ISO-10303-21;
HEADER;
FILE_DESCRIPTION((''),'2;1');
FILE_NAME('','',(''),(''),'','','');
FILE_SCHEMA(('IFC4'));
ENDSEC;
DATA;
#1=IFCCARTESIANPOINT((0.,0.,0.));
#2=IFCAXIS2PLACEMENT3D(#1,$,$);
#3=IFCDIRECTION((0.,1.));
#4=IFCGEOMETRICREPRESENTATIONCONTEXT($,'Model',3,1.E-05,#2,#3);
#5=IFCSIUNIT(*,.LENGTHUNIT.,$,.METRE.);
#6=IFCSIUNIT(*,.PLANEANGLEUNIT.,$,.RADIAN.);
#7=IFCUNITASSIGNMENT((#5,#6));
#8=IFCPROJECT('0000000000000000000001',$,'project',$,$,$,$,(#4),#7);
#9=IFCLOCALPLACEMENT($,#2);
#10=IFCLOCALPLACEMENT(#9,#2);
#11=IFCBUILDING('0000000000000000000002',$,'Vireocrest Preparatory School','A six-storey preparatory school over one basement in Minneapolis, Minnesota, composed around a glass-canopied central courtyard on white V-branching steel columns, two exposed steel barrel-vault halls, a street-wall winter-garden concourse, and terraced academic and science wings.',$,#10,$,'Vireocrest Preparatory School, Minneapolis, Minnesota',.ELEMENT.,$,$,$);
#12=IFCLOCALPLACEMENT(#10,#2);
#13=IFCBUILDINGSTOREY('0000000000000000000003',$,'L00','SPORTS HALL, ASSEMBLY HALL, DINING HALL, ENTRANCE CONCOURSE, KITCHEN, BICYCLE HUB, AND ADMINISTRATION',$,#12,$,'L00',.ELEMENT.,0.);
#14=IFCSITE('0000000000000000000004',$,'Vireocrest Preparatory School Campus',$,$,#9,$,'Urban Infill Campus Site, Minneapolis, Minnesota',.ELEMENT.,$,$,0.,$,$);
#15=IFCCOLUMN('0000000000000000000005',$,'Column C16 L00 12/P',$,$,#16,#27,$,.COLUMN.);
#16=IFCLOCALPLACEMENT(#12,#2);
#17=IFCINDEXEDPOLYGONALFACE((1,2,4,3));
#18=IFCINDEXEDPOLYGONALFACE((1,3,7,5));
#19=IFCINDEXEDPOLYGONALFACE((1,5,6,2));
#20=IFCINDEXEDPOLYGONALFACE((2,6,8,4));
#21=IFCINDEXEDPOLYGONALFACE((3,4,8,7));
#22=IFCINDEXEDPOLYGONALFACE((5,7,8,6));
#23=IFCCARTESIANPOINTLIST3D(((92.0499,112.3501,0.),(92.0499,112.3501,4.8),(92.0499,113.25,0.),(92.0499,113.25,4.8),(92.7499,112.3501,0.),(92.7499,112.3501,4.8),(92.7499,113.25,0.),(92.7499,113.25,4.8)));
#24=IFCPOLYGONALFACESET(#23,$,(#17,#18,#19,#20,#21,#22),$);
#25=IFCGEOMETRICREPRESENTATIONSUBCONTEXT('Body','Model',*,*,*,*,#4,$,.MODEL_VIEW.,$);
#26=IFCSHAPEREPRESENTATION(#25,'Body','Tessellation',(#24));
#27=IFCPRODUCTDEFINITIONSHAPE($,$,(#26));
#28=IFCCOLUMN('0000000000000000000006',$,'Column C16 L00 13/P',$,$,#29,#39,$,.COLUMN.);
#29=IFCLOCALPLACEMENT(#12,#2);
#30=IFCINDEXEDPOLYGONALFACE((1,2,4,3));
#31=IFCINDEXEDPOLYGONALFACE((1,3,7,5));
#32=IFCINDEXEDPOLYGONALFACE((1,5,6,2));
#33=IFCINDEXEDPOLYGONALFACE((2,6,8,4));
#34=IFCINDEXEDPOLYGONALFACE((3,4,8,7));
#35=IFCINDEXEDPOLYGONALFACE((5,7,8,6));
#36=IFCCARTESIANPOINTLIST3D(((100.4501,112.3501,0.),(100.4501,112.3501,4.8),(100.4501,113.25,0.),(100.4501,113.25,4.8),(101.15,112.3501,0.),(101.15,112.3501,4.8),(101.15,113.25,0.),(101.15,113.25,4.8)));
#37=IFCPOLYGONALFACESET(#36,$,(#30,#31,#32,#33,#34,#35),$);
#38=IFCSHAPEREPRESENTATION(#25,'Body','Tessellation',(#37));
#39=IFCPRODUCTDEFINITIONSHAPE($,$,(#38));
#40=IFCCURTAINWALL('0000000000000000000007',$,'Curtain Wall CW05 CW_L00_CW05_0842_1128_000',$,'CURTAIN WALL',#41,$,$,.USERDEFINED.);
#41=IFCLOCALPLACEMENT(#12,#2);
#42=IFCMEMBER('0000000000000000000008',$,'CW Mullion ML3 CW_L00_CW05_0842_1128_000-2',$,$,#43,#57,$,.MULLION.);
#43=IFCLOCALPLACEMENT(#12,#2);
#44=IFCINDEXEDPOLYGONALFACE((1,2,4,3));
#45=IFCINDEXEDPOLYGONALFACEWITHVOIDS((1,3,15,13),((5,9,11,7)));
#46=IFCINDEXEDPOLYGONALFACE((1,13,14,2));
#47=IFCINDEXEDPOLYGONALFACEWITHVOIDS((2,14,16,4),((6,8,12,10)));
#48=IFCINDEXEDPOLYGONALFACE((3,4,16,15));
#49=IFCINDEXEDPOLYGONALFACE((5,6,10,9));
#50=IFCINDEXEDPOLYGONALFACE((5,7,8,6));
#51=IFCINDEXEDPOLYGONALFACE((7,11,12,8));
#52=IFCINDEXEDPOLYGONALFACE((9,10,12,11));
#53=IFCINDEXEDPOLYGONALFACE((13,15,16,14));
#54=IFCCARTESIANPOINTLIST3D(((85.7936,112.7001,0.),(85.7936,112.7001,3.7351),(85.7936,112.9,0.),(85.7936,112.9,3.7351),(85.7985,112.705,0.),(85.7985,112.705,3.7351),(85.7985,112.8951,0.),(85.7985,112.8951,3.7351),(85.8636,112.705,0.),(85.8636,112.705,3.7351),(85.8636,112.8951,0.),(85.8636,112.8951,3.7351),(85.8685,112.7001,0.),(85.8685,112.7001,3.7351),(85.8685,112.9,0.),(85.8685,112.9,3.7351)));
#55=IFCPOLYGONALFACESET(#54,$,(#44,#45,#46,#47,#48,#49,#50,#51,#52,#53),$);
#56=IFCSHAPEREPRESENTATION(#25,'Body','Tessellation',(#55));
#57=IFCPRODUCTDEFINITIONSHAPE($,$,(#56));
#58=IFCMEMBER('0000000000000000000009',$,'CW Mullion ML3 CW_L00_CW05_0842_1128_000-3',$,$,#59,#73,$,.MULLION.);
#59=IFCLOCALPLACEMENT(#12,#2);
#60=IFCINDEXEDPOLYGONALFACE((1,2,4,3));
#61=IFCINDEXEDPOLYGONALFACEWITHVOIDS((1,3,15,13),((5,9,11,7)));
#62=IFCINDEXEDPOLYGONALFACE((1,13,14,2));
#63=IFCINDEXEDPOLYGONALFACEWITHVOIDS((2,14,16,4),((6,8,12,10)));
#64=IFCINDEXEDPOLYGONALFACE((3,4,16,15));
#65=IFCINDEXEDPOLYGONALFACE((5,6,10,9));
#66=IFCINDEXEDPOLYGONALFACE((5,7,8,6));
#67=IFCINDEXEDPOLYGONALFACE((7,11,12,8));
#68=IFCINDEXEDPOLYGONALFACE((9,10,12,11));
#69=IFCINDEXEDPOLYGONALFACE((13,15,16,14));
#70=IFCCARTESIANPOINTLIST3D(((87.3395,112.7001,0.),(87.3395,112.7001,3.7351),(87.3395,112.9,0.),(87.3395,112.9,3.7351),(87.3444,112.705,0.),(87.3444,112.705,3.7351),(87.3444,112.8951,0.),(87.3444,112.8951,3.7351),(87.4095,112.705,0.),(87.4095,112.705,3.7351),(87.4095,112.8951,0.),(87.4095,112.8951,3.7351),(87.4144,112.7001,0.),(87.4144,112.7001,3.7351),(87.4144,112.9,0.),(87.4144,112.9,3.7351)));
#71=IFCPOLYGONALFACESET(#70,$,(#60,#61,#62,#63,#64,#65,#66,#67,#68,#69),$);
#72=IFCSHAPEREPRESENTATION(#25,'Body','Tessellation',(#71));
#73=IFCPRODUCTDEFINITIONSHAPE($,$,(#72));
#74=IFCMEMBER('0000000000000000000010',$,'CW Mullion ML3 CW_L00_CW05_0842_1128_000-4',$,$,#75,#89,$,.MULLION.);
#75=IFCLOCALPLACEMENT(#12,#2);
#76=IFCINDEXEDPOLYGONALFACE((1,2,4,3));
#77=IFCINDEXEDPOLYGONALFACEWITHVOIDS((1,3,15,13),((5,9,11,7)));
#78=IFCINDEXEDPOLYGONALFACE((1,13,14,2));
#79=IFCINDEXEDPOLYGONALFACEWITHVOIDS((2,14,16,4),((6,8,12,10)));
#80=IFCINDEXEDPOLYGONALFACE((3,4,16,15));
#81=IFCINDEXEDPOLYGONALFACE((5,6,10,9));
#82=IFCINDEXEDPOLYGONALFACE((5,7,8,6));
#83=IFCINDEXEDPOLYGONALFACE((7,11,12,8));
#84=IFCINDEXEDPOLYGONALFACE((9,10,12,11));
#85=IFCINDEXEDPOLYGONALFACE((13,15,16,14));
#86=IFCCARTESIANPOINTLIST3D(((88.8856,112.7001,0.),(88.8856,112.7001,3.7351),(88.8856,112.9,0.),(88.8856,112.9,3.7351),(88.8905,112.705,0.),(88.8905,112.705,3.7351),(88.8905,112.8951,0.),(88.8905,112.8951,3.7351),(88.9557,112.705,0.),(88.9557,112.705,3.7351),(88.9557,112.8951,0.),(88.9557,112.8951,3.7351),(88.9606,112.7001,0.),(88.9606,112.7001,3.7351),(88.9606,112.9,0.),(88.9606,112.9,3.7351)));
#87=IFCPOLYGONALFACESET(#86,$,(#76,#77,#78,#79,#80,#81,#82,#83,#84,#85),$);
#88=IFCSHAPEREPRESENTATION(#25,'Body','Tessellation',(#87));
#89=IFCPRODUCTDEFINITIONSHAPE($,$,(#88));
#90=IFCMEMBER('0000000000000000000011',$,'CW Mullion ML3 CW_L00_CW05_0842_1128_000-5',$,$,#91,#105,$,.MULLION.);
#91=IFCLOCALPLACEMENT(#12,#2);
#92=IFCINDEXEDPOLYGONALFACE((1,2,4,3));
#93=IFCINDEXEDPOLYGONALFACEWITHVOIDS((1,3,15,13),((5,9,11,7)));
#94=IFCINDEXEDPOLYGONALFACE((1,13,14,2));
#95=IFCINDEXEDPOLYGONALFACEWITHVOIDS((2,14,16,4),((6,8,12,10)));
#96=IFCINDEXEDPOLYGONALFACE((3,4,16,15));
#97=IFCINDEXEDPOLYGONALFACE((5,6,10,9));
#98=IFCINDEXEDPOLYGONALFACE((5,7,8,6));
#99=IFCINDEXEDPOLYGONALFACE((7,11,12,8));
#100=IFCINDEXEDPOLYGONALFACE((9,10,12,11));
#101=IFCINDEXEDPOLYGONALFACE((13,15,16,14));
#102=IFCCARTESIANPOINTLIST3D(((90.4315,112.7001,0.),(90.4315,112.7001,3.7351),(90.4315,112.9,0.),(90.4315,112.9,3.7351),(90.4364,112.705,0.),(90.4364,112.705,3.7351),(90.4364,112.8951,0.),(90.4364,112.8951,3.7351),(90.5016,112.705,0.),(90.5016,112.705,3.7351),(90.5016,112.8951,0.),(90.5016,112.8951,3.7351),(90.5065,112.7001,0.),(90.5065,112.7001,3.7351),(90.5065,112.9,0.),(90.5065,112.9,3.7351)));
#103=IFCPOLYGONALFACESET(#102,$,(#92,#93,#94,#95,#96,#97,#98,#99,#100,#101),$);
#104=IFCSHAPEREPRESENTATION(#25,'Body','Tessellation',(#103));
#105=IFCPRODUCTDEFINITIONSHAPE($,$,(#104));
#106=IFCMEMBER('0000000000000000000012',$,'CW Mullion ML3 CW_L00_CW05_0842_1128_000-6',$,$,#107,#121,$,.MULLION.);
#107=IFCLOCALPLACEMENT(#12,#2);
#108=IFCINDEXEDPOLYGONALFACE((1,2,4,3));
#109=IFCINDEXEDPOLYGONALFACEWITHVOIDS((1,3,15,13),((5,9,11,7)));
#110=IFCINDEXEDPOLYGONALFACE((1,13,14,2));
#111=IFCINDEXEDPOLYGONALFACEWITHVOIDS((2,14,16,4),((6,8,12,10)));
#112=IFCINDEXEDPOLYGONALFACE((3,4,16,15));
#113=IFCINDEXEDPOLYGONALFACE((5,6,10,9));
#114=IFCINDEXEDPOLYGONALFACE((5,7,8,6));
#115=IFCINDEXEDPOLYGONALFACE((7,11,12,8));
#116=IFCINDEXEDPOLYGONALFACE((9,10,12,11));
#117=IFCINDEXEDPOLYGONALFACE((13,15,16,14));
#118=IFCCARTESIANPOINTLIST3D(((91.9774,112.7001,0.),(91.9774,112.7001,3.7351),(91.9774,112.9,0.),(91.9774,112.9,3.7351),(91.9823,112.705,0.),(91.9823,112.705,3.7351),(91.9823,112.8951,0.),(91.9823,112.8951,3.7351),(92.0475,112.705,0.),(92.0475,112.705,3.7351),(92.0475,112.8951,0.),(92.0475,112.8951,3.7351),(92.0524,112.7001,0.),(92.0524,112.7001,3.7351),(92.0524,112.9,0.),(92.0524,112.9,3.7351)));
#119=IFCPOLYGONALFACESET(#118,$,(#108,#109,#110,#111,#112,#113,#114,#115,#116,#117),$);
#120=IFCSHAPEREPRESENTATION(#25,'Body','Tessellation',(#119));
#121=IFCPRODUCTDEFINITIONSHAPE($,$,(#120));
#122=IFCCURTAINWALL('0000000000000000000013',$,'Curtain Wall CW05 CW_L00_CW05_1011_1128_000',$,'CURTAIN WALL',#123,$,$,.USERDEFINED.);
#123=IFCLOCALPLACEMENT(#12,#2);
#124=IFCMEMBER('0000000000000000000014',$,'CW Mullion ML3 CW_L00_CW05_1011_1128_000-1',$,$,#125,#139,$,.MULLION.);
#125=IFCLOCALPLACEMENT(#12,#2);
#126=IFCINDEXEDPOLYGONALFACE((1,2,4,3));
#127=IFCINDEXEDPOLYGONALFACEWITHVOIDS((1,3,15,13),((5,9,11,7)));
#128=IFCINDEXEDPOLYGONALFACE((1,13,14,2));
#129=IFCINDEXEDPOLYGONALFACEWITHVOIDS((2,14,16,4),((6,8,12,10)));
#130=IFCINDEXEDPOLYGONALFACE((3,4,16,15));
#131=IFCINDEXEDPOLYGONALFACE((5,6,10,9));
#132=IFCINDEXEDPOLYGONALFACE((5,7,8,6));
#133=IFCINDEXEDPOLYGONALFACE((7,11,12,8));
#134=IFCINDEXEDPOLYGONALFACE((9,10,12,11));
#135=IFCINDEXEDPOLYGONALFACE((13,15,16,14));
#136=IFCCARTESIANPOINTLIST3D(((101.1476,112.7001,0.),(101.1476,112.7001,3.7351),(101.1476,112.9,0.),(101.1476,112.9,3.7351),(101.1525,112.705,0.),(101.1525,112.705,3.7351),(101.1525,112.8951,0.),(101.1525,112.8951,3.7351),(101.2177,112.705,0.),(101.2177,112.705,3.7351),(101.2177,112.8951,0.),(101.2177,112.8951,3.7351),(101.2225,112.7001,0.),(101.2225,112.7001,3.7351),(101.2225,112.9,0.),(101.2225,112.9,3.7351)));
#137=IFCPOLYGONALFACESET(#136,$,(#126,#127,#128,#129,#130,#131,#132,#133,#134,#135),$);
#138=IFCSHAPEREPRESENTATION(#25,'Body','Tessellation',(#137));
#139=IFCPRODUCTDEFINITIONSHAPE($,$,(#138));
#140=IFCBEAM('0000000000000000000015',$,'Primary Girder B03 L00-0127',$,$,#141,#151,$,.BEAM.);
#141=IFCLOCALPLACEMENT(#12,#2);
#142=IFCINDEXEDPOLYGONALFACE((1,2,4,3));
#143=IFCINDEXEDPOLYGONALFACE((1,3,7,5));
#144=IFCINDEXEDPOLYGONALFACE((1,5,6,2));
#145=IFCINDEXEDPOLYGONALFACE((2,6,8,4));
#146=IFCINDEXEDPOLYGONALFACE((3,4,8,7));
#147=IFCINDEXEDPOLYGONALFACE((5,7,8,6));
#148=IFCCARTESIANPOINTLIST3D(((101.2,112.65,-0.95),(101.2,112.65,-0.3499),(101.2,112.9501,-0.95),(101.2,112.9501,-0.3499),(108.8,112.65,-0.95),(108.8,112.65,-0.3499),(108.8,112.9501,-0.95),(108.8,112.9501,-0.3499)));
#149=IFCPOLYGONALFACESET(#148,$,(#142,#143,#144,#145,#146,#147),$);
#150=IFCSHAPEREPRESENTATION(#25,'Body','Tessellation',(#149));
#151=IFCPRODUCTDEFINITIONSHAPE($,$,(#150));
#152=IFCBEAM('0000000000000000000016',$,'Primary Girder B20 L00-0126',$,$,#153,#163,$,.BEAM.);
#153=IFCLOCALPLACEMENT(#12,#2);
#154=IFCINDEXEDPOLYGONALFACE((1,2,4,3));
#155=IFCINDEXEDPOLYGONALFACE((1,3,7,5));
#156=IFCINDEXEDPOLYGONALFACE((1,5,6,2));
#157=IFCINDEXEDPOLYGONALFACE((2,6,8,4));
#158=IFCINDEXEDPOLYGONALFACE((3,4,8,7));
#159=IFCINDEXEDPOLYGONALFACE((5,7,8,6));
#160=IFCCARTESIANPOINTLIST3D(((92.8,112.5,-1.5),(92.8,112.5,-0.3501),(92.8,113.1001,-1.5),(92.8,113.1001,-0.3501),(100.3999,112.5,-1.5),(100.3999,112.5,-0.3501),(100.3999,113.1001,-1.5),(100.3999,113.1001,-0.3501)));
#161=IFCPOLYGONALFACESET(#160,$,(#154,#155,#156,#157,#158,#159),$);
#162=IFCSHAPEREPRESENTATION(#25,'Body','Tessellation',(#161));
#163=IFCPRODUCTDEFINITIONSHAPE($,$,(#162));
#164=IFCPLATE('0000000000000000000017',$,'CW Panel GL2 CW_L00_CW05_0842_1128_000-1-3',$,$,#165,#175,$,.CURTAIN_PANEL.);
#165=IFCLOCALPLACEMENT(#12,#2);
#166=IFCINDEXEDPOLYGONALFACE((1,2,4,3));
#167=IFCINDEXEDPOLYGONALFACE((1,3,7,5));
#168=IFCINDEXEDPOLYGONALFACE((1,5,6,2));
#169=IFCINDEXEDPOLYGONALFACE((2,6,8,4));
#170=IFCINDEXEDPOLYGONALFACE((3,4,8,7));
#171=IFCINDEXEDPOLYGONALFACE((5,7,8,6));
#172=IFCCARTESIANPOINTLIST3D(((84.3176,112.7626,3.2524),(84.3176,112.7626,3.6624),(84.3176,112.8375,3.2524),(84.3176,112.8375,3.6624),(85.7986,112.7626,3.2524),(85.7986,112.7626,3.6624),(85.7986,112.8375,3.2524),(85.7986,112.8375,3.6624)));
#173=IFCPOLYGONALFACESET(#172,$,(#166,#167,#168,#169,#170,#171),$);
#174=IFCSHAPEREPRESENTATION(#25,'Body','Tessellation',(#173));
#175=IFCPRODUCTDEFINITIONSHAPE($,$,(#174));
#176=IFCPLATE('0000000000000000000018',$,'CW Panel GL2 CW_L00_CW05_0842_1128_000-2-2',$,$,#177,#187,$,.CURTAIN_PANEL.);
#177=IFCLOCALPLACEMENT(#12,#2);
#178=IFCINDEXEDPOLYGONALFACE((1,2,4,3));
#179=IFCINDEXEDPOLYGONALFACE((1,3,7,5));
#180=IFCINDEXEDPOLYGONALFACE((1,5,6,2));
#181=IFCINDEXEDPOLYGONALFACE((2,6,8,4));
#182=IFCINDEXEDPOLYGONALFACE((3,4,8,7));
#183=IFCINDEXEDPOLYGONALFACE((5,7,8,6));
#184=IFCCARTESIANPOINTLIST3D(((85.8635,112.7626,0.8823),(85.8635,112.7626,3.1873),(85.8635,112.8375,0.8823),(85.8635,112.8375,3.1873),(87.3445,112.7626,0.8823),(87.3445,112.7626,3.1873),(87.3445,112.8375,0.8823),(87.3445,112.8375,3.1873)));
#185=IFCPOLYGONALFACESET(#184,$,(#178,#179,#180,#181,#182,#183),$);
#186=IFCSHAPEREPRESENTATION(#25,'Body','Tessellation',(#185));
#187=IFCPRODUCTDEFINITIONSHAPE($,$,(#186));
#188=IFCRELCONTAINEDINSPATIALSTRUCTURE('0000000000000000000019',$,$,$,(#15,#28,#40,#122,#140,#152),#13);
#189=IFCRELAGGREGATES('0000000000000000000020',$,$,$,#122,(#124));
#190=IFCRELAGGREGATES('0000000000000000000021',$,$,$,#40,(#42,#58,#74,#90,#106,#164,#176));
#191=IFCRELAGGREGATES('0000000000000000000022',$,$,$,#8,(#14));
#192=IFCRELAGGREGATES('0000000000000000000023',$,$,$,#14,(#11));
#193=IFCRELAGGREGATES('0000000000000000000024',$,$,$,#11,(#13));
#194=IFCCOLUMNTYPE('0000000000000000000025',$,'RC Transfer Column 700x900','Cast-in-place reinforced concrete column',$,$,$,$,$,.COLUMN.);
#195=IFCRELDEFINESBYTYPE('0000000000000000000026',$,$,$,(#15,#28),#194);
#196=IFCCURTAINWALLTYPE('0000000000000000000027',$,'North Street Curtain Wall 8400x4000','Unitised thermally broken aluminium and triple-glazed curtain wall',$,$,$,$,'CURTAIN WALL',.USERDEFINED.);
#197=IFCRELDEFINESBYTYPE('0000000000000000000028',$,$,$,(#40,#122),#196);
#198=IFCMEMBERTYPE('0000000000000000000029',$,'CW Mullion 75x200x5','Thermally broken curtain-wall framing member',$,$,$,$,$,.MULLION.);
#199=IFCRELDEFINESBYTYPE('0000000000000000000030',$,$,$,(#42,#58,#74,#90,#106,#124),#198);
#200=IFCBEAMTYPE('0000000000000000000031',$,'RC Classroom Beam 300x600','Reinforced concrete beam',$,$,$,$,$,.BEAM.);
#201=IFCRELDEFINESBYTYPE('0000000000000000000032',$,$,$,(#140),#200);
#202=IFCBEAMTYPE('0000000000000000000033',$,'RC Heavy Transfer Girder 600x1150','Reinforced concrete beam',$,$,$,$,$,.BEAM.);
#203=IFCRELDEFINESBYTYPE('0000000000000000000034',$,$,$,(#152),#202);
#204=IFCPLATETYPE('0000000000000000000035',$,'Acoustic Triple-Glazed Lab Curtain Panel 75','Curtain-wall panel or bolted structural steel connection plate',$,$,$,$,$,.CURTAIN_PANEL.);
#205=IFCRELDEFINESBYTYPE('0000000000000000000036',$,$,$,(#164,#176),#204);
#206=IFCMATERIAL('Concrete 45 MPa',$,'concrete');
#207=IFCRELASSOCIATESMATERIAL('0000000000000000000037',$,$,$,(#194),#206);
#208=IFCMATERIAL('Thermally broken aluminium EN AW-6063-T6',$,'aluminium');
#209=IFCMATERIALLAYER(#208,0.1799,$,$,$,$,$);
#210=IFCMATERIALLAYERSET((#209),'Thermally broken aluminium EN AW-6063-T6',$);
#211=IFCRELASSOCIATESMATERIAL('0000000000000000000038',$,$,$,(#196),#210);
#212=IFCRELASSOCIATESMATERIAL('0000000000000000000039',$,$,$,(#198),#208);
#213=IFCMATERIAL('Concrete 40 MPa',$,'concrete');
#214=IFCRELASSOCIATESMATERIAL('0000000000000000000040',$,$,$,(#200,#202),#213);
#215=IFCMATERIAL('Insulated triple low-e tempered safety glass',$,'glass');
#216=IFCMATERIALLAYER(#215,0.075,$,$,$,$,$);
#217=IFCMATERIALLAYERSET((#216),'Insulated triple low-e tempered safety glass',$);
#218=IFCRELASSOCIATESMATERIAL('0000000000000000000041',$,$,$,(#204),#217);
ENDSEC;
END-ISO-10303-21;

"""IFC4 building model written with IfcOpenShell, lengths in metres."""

from ifc_helpers import new_model, si_unit, direction, frame, origin, origin_2d, place, context, subcontext, project, spatial, rectangle, hollow_rectangle, extrude, material, layer, layer_set, material_profile, profile_set, type_object, element, aggregate, save


model = new_model("IFC4")

# Units and contexts
model_context = context("Model", 3, precision=1e-05, world=origin(), true_north=direction((0.0, 1.0)))
body_context = subcontext(model_context, "Body", "Model", "MODEL_VIEW")
ifc_project = project(units=[si_unit("LENGTHUNIT", "METRE"), si_unit("PLANEANGLEUNIT", "RADIAN")], contexts=[model_context])

# Site, building, storey
site_placement = place(None, origin())
site = spatial("IfcSite", under=ifc_project, at=site_placement, Name="Vireocrest Preparatory School Campus", LongName="Urban Infill Campus Site, Minneapolis, Minnesota", CompositionType="ELEMENT", RefElevation=0.0)
building_placement = place(site_placement, origin())
building = spatial("IfcBuilding", under=site, at=building_placement, Name="Vireocrest Preparatory School", Description="A six-storey preparatory school over one basement in Minneapolis, Minnesota, composed around a glass-canopied central courtyard on white V-branching steel columns, two exposed steel barrel-vault halls, a street-wall winter-garden concourse, and terraced academic and science wings.", LongName="Vireocrest Preparatory School, Minneapolis, Minnesota", CompositionType="ELEMENT")
storey_placement = place(building_placement, origin())
storey = spatial("IfcBuildingStorey", under=building, at=storey_placement, Name="L00", Description="SPORTS HALL, ASSEMBLY HALL, DINING HALL, ENTRANCE CONCOURSE, KITCHEN, BICYCLE HUB, AND ADMINISTRATION", LongName="L00", CompositionType="ELEMENT", Elevation=0.0)

# Columns
ifc_material_1 = material(Name="Concrete 45 MPa", Category="concrete")
ifc_material_profile_1 = material_profile(ifc_material_1, rectangle(XDim=0.7, YDim=0.8999, at=origin_2d()), Name="RC 700x900")
ifc_profile_set_1 = profile_set([ifc_material_profile_1], Name="Concrete 45 MPa")
column_type = type_object("IfcColumnType", Name="RC Transfer Column 700x900", Description="Cast-in-place reinforced concrete column", PredefinedType="COLUMN", material=ifc_profile_set_1)
for number, where, z_axis, x_axis, name in (
    (1, (92.3999, 112.8, 0.0), (0.0, 0.0, 1.0), (1.0, 0.0, 0.0), "Column C16 L00 12/P"),
    (2, (100.8, 112.8, 0.0), (0.0, 0.0, 1.0), (1.0, 0.0, 0.0), "Column C16 L00 13/P"),
):
    element("IfcColumn", number, at=place(storey_placement, frame(where, z_axis=z_axis, x_axis=x_axis)), inside=storey, type_object=column_type, Name=name, PredefinedType="COLUMN", context=body_context, shape_type="SweptSolid", body=[
        extrude(rectangle(XDim=0.7, YDim=0.8999, at=origin_2d()), origin(), (0.0, 0.0, 1.0), 4.8),
    ])

# Curtain wall, members
ifc_material_2 = material(Name="Thermally broken aluminium EN AW-6063-T6", Category="aluminium")
ifc_layer_1 = layer(ifc_material_2, 0.1799)
ifc_layer_set_1 = layer_set([ifc_layer_1], Name="Thermally broken aluminium EN AW-6063-T6")
curtain_wall_type = type_object("IfcCurtainWallType", Name="North Street Curtain Wall 8400x4000", Description="Unitised thermally broken aluminium and triple-glazed curtain wall", ElementType="CURTAIN WALL", PredefinedType="USERDEFINED", material=ifc_layer_set_1)
curtain_wall_1_placement = place(storey_placement, origin())
curtain_wall_1 = element("IfcCurtainWall", 3, at=curtain_wall_1_placement, inside=storey, type_object=curtain_wall_type, Name="Curtain Wall CW05 CW_L00_CW05_0842_1128_000", ObjectType="CURTAIN WALL", PredefinedType="USERDEFINED")
ifc_material_profile_2 = material_profile(ifc_material_2, hollow_rectangle(XDim=0.075, YDim=0.2, WallThickness=0.0049, at=origin_2d()), Name="ALU 75x200x5")
ifc_profile_set_2 = profile_set([ifc_material_profile_2], Name="Thermally broken aluminium EN AW-6063-T6")
member_type = type_object("IfcMemberType", Name="CW Mullion 75x200x5", Description="Thermally broken curtain-wall framing member", PredefinedType="MULLION", material=ifc_profile_set_2)
member_1_placement = place(storey_placement, frame((85.8311, 112.8, 0.0), z_axis=(0.0, 0.0, 1.0), x_axis=(1.0, 0.0, 0.0)))
member_1 = element("IfcMember", 4, at=member_1_placement, type_object=member_type, Name="CW Mullion ML3 CW_L00_CW05_0842_1128_000-2", PredefinedType="MULLION", context=body_context, shape_type="SweptSolid", body=[
    extrude(hollow_rectangle(XDim=0.075, YDim=0.2, WallThickness=0.0049, at=origin_2d()), origin(), (0.0, 0.0, 1.0), 3.7351),
])
member_2_placement = place(storey_placement, frame((87.377, 112.8, 0.0), z_axis=(0.0, 0.0, 1.0), x_axis=(1.0, 0.0, 0.0)))
member_2 = element("IfcMember", 5, at=member_2_placement, type_object=member_type, Name="CW Mullion ML3 CW_L00_CW05_0842_1128_000-3", PredefinedType="MULLION", context=body_context, shape_type="SweptSolid", body=[
    extrude(hollow_rectangle(XDim=0.075, YDim=0.2, WallThickness=0.0049, at=origin_2d()), origin(), (0.0, 0.0, 1.0), 3.7351),
])
member_3_placement = place(storey_placement, frame((88.9231, 112.8, 0.0), z_axis=(0.0, 0.0, 1.0), x_axis=(1.0, 0.0, 0.0)))
member_3 = element("IfcMember", 6, at=member_3_placement, type_object=member_type, Name="CW Mullion ML3 CW_L00_CW05_0842_1128_000-4", PredefinedType="MULLION", context=body_context, shape_type="SweptSolid", body=[
    extrude(hollow_rectangle(XDim=0.075, YDim=0.2, WallThickness=0.0049, at=origin_2d()), origin(), (0.0, 0.0, 1.0), 3.7351),
])
member_4_placement = place(storey_placement, frame((90.469, 112.8, 0.0), z_axis=(0.0, 0.0, 1.0), x_axis=(1.0, 0.0, 0.0)))
member_4 = element("IfcMember", 7, at=member_4_placement, type_object=member_type, Name="CW Mullion ML3 CW_L00_CW05_0842_1128_000-5", PredefinedType="MULLION", context=body_context, shape_type="SweptSolid", body=[
    extrude(hollow_rectangle(XDim=0.075, YDim=0.2, WallThickness=0.0049, at=origin_2d()), origin(), (0.0, 0.0, 1.0), 3.7351),
])
member_5_placement = place(storey_placement, frame((92.0149, 112.8, 0.0), z_axis=(0.0, 0.0, 1.0), x_axis=(1.0, 0.0, 0.0)))
member_5 = element("IfcMember", 8, at=member_5_placement, type_object=member_type, Name="CW Mullion ML3 CW_L00_CW05_0842_1128_000-6", PredefinedType="MULLION", context=body_context, shape_type="SweptSolid", body=[
    extrude(hollow_rectangle(XDim=0.075, YDim=0.2, WallThickness=0.0049, at=origin_2d()), origin(), (0.0, 0.0, 1.0), 3.7351),
])

# Curtain wall, member
curtain_wall_2_placement = place(storey_placement, origin())
curtain_wall_2 = element("IfcCurtainWall", 9, at=curtain_wall_2_placement, inside=storey, type_object=curtain_wall_type, Name="Curtain Wall CW05 CW_L00_CW05_1011_1128_000", ObjectType="CURTAIN WALL", PredefinedType="USERDEFINED")
member_6_placement = place(storey_placement, frame((101.1851, 112.8, 0.0), z_axis=(0.0, 0.0, 1.0), x_axis=(1.0, 0.0, 0.0)))
member_6 = element("IfcMember", 10, at=member_6_placement, type_object=member_type, Name="CW Mullion ML3 CW_L00_CW05_1011_1128_000-1", PredefinedType="MULLION", context=body_context, shape_type="SweptSolid", body=[
    extrude(hollow_rectangle(XDim=0.075, YDim=0.2, WallThickness=0.0049, at=origin_2d()), origin(), (0.0, 0.0, 1.0), 3.7351),
])
aggregate(curtain_wall_2, [member_6])

# Beams
ifc_material_3 = material(Name="Concrete 40 MPa", Category="concrete")
ifc_material_profile_3 = material_profile(ifc_material_3, rectangle(XDim=0.3, YDim=0.6001, at=origin_2d()), Name="RC 300x600")
ifc_profile_set_3 = profile_set([ifc_material_profile_3], Name="Concrete 40 MPa")
beam_type_1 = type_object("IfcBeamType", Name="RC Classroom Beam 300x600", Description="Reinforced concrete beam", PredefinedType="BEAM", material=ifc_profile_set_3)
beam_1_placement = place(storey_placement, frame((101.2, 112.8, -0.6499), z_axis=(1.0, 0.0, 0.0), x_axis=(0.0, 1.0, 0.0)))
element("IfcBeam", 11, at=beam_1_placement, inside=storey, type_object=beam_type_1, Name="Primary Girder B03 L00-0127", PredefinedType="BEAM", context=body_context, shape_type="SweptSolid", body=[
    extrude(rectangle(XDim=0.3, YDim=0.6001, at=origin_2d()), origin(), (0.0, 0.0, 1.0), 7.6001),
])
ifc_material_profile_4 = material_profile(ifc_material_3, rectangle(XDim=0.6001, YDim=1.1499, at=origin_2d()), Name="RC 600x1150")
ifc_profile_set_4 = profile_set([ifc_material_profile_4], Name="Concrete 40 MPa")
beam_type_2 = type_object("IfcBeamType", Name="RC Heavy Transfer Girder 600x1150", Description="Reinforced concrete beam", PredefinedType="BEAM", material=ifc_profile_set_4)
beam_2_placement = place(storey_placement, frame((92.8, 112.8, -0.925), z_axis=(1.0, 0.0, 0.0), x_axis=(0.0, 1.0, 0.0)))
element("IfcBeam", 12, at=beam_2_placement, inside=storey, type_object=beam_type_2, Name="Primary Girder B20 L00-0126", PredefinedType="BEAM", context=body_context, shape_type="SweptSolid", body=[
    extrude(rectangle(XDim=0.6001, YDim=1.1499, at=origin_2d()), origin(), (0.0, 0.0, 1.0), 7.5999),
])

# Plates
ifc_material_4 = material(Name="Insulated triple low-e tempered safety glass", Category="glass")
ifc_layer_2 = layer(ifc_material_4, 0.075)
ifc_layer_set_2 = layer_set([ifc_layer_2], Name="Insulated triple low-e tempered safety glass")
plate_type_1 = type_object("IfcPlateType", Name="Acoustic Triple-Glazed Lab Curtain Panel 75", Description="Curtain-wall panel or bolted structural steel connection plate", PredefinedType="CURTAIN_PANEL", material=ifc_layer_set_2)
plate_1_placement = place(storey_placement, frame((85.0581, 112.8, 3.2524), z_axis=(0.0, 0.0, 1.0), x_axis=(1.0, 0.0, 0.0)))
plate_1 = element("IfcPlate", 13, at=plate_1_placement, type_object=plate_type_1, Name="CW Panel GL2 CW_L00_CW05_0842_1128_000-1-3", PredefinedType="CURTAIN_PANEL", context=body_context, shape_type="SweptSolid", body=[
    extrude(rectangle(XDim=1.481, YDim=0.075, at=origin_2d()), origin(), (0.0, 0.0, 1.0), 0.4099),
])
plate_2_placement = place(storey_placement, frame((86.604, 112.8, 0.8823), z_axis=(0.0, 0.0, 1.0), x_axis=(1.0, 0.0, 0.0)))
plate_2 = element("IfcPlate", 14, at=plate_2_placement, type_object=plate_type_1, Name="CW Panel GL2 CW_L00_CW05_0842_1128_000-2-2", PredefinedType="CURTAIN_PANEL", context=body_context, shape_type="SweptSolid", body=[
    extrude(rectangle(XDim=1.481, YDim=0.075, at=origin_2d()), origin(), (0.0, 0.0, 1.0), 2.3049),
])
aggregate(curtain_wall_1, [member_1, member_2, member_3, member_4, member_5, plate_1, plate_2])

save(model, "model.ifc")
